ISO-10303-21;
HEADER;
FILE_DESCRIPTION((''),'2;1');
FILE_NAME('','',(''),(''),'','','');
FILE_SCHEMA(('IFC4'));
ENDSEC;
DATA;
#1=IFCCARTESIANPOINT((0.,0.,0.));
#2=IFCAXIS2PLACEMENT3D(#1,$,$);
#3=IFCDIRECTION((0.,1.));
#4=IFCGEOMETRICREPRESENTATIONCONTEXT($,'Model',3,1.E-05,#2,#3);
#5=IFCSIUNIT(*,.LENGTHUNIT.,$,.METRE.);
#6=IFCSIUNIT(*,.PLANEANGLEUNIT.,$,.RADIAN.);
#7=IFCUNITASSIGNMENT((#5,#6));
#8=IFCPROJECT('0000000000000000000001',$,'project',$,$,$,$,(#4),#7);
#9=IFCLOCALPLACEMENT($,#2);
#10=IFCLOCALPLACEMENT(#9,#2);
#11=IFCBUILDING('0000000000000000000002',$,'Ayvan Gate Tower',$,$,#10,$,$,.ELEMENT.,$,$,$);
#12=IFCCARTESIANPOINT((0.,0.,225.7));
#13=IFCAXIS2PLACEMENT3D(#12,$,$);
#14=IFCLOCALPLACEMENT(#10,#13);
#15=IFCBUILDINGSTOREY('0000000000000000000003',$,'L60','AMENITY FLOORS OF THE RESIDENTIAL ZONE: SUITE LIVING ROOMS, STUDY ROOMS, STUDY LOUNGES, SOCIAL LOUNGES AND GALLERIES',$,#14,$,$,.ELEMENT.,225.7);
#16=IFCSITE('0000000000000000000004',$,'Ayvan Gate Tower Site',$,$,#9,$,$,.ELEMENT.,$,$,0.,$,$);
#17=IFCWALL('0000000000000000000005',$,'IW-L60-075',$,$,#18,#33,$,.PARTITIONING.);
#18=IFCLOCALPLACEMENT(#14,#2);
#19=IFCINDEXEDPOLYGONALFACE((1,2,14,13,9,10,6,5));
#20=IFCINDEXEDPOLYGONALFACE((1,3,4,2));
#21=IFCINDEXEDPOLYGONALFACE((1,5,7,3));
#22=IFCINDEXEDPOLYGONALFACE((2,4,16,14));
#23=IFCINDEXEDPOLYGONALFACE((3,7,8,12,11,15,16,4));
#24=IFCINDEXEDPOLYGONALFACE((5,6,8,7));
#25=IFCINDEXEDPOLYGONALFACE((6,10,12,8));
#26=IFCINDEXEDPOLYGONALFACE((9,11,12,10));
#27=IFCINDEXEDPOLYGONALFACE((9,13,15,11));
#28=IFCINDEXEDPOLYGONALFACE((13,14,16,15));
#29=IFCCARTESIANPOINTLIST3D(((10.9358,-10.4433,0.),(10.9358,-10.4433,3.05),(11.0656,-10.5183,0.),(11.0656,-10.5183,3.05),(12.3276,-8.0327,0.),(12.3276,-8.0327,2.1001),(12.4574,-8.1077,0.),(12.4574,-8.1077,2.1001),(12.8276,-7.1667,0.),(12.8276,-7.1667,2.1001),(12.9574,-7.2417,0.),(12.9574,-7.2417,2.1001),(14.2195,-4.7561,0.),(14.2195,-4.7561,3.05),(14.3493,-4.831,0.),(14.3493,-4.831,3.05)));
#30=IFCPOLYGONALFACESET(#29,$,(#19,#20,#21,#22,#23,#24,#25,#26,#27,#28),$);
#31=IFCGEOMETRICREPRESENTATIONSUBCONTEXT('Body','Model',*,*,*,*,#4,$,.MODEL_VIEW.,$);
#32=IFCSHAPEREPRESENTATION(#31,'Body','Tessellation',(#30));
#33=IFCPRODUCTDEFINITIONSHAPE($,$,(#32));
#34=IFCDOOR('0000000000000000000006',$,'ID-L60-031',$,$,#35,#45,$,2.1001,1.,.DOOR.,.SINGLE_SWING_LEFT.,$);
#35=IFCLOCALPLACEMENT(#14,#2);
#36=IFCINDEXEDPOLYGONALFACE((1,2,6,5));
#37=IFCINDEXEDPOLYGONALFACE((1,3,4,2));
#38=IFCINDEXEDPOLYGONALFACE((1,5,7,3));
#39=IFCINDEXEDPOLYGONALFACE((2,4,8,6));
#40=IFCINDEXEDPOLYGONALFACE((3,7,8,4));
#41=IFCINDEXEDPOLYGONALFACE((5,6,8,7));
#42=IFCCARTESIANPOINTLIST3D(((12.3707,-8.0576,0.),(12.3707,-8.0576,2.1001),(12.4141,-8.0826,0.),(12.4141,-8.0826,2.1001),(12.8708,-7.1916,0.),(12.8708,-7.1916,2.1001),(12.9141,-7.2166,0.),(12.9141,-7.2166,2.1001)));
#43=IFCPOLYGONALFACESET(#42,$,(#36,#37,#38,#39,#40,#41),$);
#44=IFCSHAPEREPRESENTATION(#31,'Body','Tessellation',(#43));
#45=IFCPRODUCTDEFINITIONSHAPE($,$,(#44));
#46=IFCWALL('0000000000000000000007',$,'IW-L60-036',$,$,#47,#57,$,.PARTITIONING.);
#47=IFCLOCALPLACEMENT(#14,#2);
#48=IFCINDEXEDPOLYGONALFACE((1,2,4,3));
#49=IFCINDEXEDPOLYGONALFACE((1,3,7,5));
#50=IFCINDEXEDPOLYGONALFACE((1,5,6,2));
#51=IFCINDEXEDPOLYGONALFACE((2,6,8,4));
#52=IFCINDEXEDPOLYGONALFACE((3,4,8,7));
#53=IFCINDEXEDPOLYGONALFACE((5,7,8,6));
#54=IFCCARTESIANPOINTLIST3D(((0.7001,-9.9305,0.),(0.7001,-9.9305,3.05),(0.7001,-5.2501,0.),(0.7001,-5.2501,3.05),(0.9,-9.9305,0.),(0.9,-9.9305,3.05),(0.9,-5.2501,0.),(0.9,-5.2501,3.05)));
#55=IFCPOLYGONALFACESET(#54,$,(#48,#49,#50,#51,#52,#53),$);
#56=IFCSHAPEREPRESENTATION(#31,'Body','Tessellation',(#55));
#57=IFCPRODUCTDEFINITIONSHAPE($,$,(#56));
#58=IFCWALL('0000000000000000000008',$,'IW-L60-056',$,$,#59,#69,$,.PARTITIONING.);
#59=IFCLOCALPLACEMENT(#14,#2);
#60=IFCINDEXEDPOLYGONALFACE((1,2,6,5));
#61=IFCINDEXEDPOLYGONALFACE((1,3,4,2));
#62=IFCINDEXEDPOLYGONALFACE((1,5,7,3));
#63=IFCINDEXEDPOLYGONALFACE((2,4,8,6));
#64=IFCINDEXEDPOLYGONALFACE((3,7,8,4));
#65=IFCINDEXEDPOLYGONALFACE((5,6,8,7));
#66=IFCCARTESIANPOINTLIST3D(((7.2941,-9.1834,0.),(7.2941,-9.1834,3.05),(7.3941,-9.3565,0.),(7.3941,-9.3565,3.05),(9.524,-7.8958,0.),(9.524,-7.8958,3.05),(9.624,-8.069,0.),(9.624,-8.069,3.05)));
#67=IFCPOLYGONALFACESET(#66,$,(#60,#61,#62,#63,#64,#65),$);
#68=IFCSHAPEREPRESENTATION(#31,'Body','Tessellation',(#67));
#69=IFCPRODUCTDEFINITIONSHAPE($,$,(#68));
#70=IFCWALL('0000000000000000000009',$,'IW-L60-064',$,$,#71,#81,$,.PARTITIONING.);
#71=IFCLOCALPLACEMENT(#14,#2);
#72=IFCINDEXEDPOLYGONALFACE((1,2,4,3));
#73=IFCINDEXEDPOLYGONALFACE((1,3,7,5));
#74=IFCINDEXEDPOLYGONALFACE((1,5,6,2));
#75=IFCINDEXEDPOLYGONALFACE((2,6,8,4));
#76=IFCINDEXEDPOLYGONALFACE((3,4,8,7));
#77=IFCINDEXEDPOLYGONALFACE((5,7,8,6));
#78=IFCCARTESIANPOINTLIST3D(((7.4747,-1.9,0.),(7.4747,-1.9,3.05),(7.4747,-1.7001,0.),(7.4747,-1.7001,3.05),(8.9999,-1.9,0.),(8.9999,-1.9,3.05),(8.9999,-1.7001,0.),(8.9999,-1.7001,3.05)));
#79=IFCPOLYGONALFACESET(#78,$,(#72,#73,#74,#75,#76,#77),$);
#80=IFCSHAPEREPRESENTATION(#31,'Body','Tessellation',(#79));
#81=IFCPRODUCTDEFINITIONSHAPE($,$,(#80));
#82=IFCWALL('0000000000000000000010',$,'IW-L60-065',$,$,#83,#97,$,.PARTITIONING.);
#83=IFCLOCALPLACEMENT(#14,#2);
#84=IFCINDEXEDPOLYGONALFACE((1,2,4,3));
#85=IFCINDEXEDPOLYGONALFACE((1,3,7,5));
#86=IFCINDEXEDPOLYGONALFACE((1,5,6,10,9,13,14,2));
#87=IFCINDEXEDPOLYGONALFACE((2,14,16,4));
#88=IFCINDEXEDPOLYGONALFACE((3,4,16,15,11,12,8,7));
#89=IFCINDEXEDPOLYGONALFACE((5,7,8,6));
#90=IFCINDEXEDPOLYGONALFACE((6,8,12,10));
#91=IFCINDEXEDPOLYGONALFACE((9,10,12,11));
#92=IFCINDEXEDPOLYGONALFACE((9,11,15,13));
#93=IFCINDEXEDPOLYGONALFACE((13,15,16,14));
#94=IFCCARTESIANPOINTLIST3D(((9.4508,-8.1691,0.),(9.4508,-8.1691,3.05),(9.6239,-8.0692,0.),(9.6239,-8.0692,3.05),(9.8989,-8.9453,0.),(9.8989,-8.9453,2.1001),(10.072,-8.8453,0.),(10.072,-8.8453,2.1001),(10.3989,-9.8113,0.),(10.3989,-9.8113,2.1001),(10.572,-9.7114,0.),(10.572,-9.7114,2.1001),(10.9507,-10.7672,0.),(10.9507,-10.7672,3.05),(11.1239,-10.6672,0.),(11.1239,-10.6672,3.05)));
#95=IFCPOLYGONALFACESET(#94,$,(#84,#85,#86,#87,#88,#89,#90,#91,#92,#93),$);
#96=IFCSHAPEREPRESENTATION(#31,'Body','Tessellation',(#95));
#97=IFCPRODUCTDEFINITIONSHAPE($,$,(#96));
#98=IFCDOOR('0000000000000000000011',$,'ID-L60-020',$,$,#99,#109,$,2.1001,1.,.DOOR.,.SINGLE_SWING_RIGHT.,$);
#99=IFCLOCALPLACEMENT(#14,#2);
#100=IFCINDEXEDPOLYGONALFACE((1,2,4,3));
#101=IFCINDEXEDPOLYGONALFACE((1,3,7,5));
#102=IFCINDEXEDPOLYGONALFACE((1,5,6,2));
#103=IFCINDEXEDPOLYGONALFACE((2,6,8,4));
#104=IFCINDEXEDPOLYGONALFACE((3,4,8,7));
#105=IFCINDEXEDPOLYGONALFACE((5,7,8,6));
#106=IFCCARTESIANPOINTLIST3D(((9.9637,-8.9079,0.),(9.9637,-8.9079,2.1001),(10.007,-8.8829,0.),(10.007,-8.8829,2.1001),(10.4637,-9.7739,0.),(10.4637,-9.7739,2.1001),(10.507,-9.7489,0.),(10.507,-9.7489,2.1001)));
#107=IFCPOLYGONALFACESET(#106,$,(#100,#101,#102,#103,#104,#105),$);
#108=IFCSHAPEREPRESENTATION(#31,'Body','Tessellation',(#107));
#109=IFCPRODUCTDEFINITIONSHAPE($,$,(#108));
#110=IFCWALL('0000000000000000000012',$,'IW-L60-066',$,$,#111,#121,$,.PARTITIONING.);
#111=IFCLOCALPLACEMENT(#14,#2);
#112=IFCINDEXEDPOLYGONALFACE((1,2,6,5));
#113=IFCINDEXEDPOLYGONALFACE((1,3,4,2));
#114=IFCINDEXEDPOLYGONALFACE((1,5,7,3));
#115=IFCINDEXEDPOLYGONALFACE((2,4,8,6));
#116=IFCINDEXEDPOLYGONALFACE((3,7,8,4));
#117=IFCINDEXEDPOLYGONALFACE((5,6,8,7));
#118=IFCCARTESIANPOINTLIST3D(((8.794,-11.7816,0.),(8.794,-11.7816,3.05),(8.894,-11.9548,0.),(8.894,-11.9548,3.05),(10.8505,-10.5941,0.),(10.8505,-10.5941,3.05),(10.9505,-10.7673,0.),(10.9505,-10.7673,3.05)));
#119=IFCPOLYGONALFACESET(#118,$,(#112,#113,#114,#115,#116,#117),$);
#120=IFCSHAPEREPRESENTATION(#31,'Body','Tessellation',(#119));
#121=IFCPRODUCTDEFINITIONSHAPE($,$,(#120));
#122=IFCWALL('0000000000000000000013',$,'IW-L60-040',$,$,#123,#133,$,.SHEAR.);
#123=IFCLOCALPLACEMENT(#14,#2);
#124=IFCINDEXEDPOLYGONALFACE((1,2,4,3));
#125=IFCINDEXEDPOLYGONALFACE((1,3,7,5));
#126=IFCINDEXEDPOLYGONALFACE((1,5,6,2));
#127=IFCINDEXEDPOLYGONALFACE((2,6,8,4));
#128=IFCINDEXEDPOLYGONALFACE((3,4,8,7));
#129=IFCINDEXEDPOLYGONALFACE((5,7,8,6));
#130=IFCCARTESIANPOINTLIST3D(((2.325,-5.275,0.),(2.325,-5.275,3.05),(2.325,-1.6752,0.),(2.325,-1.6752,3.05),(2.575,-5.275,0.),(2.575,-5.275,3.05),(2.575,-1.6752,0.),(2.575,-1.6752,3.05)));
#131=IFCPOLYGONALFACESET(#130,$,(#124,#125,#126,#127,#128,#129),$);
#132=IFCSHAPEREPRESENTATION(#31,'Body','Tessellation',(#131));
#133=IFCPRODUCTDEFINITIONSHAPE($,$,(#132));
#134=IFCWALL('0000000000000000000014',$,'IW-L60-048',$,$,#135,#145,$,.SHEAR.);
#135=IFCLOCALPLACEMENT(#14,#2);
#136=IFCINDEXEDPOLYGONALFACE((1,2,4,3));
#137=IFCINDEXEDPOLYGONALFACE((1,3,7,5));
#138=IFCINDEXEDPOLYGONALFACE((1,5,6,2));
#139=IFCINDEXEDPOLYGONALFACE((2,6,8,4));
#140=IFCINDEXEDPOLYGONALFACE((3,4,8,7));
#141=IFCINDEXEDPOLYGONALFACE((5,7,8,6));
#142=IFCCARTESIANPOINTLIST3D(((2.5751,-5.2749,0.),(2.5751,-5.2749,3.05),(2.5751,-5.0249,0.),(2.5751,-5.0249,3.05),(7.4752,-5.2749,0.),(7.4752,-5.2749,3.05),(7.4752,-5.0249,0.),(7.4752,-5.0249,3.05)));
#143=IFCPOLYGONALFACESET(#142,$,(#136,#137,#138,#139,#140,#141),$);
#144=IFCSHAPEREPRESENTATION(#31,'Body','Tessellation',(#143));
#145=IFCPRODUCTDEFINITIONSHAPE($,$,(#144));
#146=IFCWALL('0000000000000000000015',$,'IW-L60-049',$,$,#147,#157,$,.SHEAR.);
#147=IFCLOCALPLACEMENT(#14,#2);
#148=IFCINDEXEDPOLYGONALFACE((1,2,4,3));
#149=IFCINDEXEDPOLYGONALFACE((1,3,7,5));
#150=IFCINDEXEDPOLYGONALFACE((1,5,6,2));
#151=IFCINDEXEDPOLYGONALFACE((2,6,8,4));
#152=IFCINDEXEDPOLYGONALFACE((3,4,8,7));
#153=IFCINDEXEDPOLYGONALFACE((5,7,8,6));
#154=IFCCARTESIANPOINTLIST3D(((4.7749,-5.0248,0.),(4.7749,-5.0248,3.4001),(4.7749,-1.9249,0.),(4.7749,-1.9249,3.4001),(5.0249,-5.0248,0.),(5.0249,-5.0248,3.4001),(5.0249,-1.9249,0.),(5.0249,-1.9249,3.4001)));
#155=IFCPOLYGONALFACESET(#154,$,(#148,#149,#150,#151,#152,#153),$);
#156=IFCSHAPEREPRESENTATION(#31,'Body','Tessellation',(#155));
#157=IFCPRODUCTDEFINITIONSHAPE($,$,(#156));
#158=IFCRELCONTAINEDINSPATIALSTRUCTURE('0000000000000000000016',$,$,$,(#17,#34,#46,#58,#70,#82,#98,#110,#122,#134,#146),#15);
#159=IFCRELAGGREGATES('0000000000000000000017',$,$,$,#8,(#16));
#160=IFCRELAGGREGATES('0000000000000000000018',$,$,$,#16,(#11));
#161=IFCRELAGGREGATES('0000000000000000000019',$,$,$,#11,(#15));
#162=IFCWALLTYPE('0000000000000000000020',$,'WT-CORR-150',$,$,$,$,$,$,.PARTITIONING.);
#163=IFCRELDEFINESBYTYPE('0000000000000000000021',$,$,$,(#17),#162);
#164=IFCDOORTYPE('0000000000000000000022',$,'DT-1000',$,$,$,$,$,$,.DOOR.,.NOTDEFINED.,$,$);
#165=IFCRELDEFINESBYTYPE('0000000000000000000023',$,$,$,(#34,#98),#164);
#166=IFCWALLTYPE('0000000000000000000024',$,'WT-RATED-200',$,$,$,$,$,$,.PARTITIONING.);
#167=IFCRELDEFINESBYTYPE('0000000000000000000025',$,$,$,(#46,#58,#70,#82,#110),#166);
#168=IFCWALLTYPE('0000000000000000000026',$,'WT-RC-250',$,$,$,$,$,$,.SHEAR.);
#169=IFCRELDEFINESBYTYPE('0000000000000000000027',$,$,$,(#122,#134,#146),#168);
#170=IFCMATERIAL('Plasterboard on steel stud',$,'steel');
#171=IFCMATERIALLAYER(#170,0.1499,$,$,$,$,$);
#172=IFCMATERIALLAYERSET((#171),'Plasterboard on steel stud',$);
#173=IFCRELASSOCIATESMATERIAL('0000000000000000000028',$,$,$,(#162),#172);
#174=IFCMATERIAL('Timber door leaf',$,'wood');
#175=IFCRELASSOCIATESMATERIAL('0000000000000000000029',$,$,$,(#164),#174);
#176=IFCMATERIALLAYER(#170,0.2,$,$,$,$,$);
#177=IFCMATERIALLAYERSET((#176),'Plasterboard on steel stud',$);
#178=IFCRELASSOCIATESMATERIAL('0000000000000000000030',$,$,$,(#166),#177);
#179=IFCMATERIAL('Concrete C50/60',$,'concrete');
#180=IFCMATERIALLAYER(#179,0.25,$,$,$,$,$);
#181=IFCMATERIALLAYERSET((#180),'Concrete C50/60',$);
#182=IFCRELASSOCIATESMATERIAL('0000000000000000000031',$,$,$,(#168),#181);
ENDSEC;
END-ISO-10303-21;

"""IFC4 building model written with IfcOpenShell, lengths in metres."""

from ifc_helpers import new_model, si_unit, direction, frame, frame_2d, origin, place, context, subcontext, project, spatial, rectangle, extrude, material, layer, layer_set, type_object, element, fill, save


model = new_model("IFC4")

# Units and contexts
model_context = context("Model", 3, precision=1e-05, world=origin(), true_north=direction((0.0, 1.0)))
body_context = subcontext(model_context, "Body", "Model", "MODEL_VIEW")
ifc_project = project(units=[si_unit("LENGTHUNIT", "METRE"), si_unit("PLANEANGLEUNIT", "RADIAN")], contexts=[model_context])

# Site, building, storey
site_placement = place(None, origin())
site = spatial("IfcSite", under=ifc_project, at=site_placement, Name="Ayvan Gate Tower Site", CompositionType="ELEMENT", RefElevation=0.0)
building_placement = place(site_placement, origin())
building = spatial("IfcBuilding", under=site, at=building_placement, Name="Ayvan Gate Tower", CompositionType="ELEMENT")
storey_placement = place(building_placement, frame((0.0, 0.0, 225.7)))
storey = spatial("IfcBuildingStorey", under=building, at=storey_placement, Name="L60", Description="AMENITY FLOORS OF THE RESIDENTIAL ZONE: SUITE LIVING ROOMS, STUDY ROOMS, STUDY LOUNGES, SOCIAL LOUNGES AND GALLERIES", CompositionType="ELEMENT", Elevation=225.7)

# Shared definitions
ifc_material_1 = material(Name="Concrete C50/60", Category="concrete")

# Shared definitions
ifc_material_2 = material(Name="Timber door leaf", Category="wood")

# Shared definitions
ifc_material_3 = material(Name="Plasterboard on steel stud", Category="steel")
ifc_layer_1 = layer(ifc_material_3, 0.1499)
ifc_layer_set_1 = layer_set([ifc_layer_1], Name="Plasterboard on steel stud")
wall_type_1 = type_object("IfcWallType", Name="WT-CORR-150", PredefinedType="PARTITIONING", material=ifc_layer_set_1)

# Shared definitions
door_type_1 = type_object("IfcDoorType", Name="DT-1000", OperationType="NOTDEFINED", PredefinedType="DOOR", material=ifc_material_2)

# Wall, opening, door
wall_1_placement = place(storey_placement, frame((14.2844, -4.7935, 0.0), z_axis=(0.0, 0.0, 1.0), x_axis=(-0.500017, -0.866015, 0.0)))
wall_1 = element("IfcWall", 1, at=wall_1_placement, inside=storey, type_object=wall_type_1, Name="IW-L60-075", PredefinedType="PARTITIONING", context=body_context, shape_type="SweptSolid", body=[
    extrude(rectangle(XDim=6.5671, YDim=0.1499, at=frame_2d((3.2837, 0.0))), origin(), (0.0, 0.0, 1.0), 3.05),
])
opening_1_placement = place(wall_1_placement, frame((2.7837, 0.0, 0.0)))
opening_1 = element("IfcOpeningElement", 2, at=opening_1_placement, cuts=wall_1, PredefinedType="OPENING", context=body_context, shape_type="SweptSolid", body=[
    extrude(rectangle(XDim=1.0, YDim=2.1001, at=frame_2d((0.5, 1.05))), frame((0.0, 0.085, 0.0), z_axis=(0.0, -1.0, 0.0), x_axis=(1.0, 0.0, 0.0)), (0.0, 0.0, 1.0), 0.1699),
])
door_1_placement = place(opening_1_placement, origin())
door_1 = element("IfcDoor", 3, at=door_1_placement, inside=storey, type_object=door_type_1, Name="ID-L60-031", OperationType="SINGLE_SWING_LEFT", OverallHeight=2.1001, OverallWidth=1.0, PredefinedType="DOOR", context=body_context, shape_type="SweptSolid", body=[
    extrude(rectangle(XDim=1.0, YDim=2.1001, at=frame_2d((0.5, 1.05))), frame((0.0, 0.0249, 0.0), z_axis=(0.0, -1.0, 0.0), x_axis=(1.0, 0.0, 0.0)), (0.0, 0.0, 1.0), 0.05),
])
fill(opening_1, door_1)

# Walls
ifc_layer_2 = layer(ifc_material_3, 0.2)
ifc_layer_set_2 = layer_set([ifc_layer_2], Name="Plasterboard on steel stud")
wall_type_2 = type_object("IfcWallType", Name="WT-RATED-200", PredefinedType="PARTITIONING", material=ifc_layer_set_2)
wall_2_placement = place(storey_placement, frame((0.8, -5.25, 0.0), z_axis=(0.0, 0.0, 1.0), x_axis=(0.0, -1.0, 0.0)))
element("IfcWall", 4, at=wall_2_placement, inside=storey, type_object=wall_type_2, Name="IW-L60-036", PredefinedType="PARTITIONING", context=body_context, shape_type="SweptSolid", body=[
    extrude(rectangle(XDim=4.6804, YDim=0.2, at=frame_2d((2.3403, 0.0))), origin(), (0.0, 0.0, 1.0), 3.05),
])
wall_3_placement = place(storey_placement, frame((7.344, -9.27, 0.0), z_axis=(0.0, 0.0, 1.0), x_axis=(0.866006, 0.500034, 0.0)))
element("IfcWall", 5, at=wall_3_placement, inside=storey, type_object=wall_type_2, Name="IW-L60-056", PredefinedType="PARTITIONING", context=body_context, shape_type="SweptSolid", body=[
    extrude(rectangle(XDim=2.575, YDim=0.2, at=frame_2d((1.2876, 0.0))), origin(), (0.0, 0.0, 1.0), 3.05),
])
wall_4_placement = place(storey_placement, frame((9.0, -1.8, 0.0), z_axis=(0.0, 0.0, 1.0), x_axis=(-1.0, 0.0, 0.0)))
element("IfcWall", 6, at=wall_4_placement, inside=storey, type_object=wall_type_2, Name="IW-L60-064", PredefinedType="PARTITIONING", context=body_context, shape_type="SweptSolid", body=[
    extrude(rectangle(XDim=1.5251, YDim=0.2, at=frame_2d((0.7627, 0.0))), origin(), (0.0, 0.0, 1.0), 3.05),
])

# Wall, opening, door
wall_5_placement = place(storey_placement, frame((9.5374, -8.1191, 0.0), z_axis=(0.0, 0.0, 1.0), x_axis=(0.49999, -0.866031, 0.0)))
wall_5 = element("IfcWall", 7, at=wall_5_placement, inside=storey, type_object=wall_type_2, Name="IW-L60-065", PredefinedType="PARTITIONING", context=body_context, shape_type="SweptSolid", body=[
    extrude(rectangle(XDim=3.0, YDim=0.2, at=frame_2d((1.5, 0.0))), origin(), (0.0, 0.0, 1.0), 3.05),
])
opening_2_placement = place(wall_5_placement, frame((0.8962, 0.0, 0.0)))
opening_2 = element("IfcOpeningElement", 8, at=opening_2_placement, cuts=wall_5, PredefinedType="OPENING", context=body_context, shape_type="SweptSolid", body=[
    extrude(rectangle(XDim=1.0, YDim=2.1001, at=frame_2d((0.5, 1.05))), frame((0.0, 0.1099, 0.0), z_axis=(0.0, -1.0, 0.0), x_axis=(1.0, 0.0, 0.0)), (0.0, 0.0, 1.0), 0.22),
])
door_2_placement = place(opening_2_placement, origin())
door_2 = element("IfcDoor", 9, at=door_2_placement, inside=storey, type_object=door_type_1, Name="ID-L60-020", OperationType="SINGLE_SWING_RIGHT", OverallHeight=2.1001, OverallWidth=1.0, PredefinedType="DOOR", context=body_context, shape_type="SweptSolid", body=[
    extrude(rectangle(XDim=1.0, YDim=2.1001, at=frame_2d((0.5, 1.05))), frame((0.0, 0.0249, 0.0), z_axis=(0.0, -1.0, 0.0), x_axis=(1.0, 0.0, 0.0)), (0.0, 0.0, 1.0), 0.05),
])
fill(opening_2, door_2)

# Walls
wall_6_placement = place(storey_placement, frame((10.9006, -10.6807, 0.0), z_axis=(0.0, 0.0, 1.0), x_axis=(-0.866008, -0.500031, 0.0)))
element("IfcWall", 10, at=wall_6_placement, inside=storey, type_object=wall_type_2, Name="IW-L60-066", PredefinedType="PARTITIONING", context=body_context, shape_type="SweptSolid", body=[
    extrude(rectangle(XDim=2.3748, YDim=0.2, at=frame_2d((1.1875, 0.0))), origin(), (0.0, 0.0, 1.0), 3.05),
])
ifc_layer_3 = layer(ifc_material_1, 0.25)
ifc_layer_set_3 = layer_set([ifc_layer_3], Name="Concrete C50/60")
wall_type_3 = type_object("IfcWallType", Name="WT-RC-250", PredefinedType="SHEAR", material=ifc_layer_set_3)
wall_7_placement = place(storey_placement, frame((2.45, -5.2749, 0.0), z_axis=(0.0, 0.0, 1.0), x_axis=(0.0, 1.0, 0.0)))
element("IfcWall", 11, at=wall_7_placement, inside=storey, type_object=wall_type_3, Name="IW-L60-040", PredefinedType="SHEAR", context=body_context, shape_type="SweptSolid", body=[
    extrude(rectangle(XDim=3.5999, YDim=0.25, at=frame_2d((1.7998, 0.0))), origin(), (0.0, 0.0, 1.0), 3.05),
])
wall_8_placement = place(storey_placement, frame((2.575, -5.1499, 0.0), z_axis=(0.0, 0.0, 1.0), x_axis=(1.0, 0.0, 0.0)))
element("IfcWall", 12, at=wall_8_placement, inside=storey, type_object=wall_type_3, Name="IW-L60-048", PredefinedType="SHEAR", context=body_context, shape_type="SweptSolid", body=[
    extrude(rectangle(XDim=4.9001, YDim=0.25, at=frame_2d((2.4502, 0.0))), origin(), (0.0, 0.0, 1.0), 3.05),
])
wall_9_placement = place(storey_placement, frame((4.8999, -1.925, 0.0), z_axis=(0.0, 0.0, 1.0), x_axis=(0.0, -1.0, 0.0)))
element("IfcWall", 13, at=wall_9_placement, inside=storey, type_object=wall_type_3, Name="IW-L60-049", PredefinedType="SHEAR", context=body_context, shape_type="SweptSolid", body=[
    extrude(rectangle(XDim=3.0999, YDim=0.25, at=frame_2d((1.5498, 0.0))), origin(), (0.0, 0.0, 1.0), 3.4001),
])

save(model, "model.ifc")
